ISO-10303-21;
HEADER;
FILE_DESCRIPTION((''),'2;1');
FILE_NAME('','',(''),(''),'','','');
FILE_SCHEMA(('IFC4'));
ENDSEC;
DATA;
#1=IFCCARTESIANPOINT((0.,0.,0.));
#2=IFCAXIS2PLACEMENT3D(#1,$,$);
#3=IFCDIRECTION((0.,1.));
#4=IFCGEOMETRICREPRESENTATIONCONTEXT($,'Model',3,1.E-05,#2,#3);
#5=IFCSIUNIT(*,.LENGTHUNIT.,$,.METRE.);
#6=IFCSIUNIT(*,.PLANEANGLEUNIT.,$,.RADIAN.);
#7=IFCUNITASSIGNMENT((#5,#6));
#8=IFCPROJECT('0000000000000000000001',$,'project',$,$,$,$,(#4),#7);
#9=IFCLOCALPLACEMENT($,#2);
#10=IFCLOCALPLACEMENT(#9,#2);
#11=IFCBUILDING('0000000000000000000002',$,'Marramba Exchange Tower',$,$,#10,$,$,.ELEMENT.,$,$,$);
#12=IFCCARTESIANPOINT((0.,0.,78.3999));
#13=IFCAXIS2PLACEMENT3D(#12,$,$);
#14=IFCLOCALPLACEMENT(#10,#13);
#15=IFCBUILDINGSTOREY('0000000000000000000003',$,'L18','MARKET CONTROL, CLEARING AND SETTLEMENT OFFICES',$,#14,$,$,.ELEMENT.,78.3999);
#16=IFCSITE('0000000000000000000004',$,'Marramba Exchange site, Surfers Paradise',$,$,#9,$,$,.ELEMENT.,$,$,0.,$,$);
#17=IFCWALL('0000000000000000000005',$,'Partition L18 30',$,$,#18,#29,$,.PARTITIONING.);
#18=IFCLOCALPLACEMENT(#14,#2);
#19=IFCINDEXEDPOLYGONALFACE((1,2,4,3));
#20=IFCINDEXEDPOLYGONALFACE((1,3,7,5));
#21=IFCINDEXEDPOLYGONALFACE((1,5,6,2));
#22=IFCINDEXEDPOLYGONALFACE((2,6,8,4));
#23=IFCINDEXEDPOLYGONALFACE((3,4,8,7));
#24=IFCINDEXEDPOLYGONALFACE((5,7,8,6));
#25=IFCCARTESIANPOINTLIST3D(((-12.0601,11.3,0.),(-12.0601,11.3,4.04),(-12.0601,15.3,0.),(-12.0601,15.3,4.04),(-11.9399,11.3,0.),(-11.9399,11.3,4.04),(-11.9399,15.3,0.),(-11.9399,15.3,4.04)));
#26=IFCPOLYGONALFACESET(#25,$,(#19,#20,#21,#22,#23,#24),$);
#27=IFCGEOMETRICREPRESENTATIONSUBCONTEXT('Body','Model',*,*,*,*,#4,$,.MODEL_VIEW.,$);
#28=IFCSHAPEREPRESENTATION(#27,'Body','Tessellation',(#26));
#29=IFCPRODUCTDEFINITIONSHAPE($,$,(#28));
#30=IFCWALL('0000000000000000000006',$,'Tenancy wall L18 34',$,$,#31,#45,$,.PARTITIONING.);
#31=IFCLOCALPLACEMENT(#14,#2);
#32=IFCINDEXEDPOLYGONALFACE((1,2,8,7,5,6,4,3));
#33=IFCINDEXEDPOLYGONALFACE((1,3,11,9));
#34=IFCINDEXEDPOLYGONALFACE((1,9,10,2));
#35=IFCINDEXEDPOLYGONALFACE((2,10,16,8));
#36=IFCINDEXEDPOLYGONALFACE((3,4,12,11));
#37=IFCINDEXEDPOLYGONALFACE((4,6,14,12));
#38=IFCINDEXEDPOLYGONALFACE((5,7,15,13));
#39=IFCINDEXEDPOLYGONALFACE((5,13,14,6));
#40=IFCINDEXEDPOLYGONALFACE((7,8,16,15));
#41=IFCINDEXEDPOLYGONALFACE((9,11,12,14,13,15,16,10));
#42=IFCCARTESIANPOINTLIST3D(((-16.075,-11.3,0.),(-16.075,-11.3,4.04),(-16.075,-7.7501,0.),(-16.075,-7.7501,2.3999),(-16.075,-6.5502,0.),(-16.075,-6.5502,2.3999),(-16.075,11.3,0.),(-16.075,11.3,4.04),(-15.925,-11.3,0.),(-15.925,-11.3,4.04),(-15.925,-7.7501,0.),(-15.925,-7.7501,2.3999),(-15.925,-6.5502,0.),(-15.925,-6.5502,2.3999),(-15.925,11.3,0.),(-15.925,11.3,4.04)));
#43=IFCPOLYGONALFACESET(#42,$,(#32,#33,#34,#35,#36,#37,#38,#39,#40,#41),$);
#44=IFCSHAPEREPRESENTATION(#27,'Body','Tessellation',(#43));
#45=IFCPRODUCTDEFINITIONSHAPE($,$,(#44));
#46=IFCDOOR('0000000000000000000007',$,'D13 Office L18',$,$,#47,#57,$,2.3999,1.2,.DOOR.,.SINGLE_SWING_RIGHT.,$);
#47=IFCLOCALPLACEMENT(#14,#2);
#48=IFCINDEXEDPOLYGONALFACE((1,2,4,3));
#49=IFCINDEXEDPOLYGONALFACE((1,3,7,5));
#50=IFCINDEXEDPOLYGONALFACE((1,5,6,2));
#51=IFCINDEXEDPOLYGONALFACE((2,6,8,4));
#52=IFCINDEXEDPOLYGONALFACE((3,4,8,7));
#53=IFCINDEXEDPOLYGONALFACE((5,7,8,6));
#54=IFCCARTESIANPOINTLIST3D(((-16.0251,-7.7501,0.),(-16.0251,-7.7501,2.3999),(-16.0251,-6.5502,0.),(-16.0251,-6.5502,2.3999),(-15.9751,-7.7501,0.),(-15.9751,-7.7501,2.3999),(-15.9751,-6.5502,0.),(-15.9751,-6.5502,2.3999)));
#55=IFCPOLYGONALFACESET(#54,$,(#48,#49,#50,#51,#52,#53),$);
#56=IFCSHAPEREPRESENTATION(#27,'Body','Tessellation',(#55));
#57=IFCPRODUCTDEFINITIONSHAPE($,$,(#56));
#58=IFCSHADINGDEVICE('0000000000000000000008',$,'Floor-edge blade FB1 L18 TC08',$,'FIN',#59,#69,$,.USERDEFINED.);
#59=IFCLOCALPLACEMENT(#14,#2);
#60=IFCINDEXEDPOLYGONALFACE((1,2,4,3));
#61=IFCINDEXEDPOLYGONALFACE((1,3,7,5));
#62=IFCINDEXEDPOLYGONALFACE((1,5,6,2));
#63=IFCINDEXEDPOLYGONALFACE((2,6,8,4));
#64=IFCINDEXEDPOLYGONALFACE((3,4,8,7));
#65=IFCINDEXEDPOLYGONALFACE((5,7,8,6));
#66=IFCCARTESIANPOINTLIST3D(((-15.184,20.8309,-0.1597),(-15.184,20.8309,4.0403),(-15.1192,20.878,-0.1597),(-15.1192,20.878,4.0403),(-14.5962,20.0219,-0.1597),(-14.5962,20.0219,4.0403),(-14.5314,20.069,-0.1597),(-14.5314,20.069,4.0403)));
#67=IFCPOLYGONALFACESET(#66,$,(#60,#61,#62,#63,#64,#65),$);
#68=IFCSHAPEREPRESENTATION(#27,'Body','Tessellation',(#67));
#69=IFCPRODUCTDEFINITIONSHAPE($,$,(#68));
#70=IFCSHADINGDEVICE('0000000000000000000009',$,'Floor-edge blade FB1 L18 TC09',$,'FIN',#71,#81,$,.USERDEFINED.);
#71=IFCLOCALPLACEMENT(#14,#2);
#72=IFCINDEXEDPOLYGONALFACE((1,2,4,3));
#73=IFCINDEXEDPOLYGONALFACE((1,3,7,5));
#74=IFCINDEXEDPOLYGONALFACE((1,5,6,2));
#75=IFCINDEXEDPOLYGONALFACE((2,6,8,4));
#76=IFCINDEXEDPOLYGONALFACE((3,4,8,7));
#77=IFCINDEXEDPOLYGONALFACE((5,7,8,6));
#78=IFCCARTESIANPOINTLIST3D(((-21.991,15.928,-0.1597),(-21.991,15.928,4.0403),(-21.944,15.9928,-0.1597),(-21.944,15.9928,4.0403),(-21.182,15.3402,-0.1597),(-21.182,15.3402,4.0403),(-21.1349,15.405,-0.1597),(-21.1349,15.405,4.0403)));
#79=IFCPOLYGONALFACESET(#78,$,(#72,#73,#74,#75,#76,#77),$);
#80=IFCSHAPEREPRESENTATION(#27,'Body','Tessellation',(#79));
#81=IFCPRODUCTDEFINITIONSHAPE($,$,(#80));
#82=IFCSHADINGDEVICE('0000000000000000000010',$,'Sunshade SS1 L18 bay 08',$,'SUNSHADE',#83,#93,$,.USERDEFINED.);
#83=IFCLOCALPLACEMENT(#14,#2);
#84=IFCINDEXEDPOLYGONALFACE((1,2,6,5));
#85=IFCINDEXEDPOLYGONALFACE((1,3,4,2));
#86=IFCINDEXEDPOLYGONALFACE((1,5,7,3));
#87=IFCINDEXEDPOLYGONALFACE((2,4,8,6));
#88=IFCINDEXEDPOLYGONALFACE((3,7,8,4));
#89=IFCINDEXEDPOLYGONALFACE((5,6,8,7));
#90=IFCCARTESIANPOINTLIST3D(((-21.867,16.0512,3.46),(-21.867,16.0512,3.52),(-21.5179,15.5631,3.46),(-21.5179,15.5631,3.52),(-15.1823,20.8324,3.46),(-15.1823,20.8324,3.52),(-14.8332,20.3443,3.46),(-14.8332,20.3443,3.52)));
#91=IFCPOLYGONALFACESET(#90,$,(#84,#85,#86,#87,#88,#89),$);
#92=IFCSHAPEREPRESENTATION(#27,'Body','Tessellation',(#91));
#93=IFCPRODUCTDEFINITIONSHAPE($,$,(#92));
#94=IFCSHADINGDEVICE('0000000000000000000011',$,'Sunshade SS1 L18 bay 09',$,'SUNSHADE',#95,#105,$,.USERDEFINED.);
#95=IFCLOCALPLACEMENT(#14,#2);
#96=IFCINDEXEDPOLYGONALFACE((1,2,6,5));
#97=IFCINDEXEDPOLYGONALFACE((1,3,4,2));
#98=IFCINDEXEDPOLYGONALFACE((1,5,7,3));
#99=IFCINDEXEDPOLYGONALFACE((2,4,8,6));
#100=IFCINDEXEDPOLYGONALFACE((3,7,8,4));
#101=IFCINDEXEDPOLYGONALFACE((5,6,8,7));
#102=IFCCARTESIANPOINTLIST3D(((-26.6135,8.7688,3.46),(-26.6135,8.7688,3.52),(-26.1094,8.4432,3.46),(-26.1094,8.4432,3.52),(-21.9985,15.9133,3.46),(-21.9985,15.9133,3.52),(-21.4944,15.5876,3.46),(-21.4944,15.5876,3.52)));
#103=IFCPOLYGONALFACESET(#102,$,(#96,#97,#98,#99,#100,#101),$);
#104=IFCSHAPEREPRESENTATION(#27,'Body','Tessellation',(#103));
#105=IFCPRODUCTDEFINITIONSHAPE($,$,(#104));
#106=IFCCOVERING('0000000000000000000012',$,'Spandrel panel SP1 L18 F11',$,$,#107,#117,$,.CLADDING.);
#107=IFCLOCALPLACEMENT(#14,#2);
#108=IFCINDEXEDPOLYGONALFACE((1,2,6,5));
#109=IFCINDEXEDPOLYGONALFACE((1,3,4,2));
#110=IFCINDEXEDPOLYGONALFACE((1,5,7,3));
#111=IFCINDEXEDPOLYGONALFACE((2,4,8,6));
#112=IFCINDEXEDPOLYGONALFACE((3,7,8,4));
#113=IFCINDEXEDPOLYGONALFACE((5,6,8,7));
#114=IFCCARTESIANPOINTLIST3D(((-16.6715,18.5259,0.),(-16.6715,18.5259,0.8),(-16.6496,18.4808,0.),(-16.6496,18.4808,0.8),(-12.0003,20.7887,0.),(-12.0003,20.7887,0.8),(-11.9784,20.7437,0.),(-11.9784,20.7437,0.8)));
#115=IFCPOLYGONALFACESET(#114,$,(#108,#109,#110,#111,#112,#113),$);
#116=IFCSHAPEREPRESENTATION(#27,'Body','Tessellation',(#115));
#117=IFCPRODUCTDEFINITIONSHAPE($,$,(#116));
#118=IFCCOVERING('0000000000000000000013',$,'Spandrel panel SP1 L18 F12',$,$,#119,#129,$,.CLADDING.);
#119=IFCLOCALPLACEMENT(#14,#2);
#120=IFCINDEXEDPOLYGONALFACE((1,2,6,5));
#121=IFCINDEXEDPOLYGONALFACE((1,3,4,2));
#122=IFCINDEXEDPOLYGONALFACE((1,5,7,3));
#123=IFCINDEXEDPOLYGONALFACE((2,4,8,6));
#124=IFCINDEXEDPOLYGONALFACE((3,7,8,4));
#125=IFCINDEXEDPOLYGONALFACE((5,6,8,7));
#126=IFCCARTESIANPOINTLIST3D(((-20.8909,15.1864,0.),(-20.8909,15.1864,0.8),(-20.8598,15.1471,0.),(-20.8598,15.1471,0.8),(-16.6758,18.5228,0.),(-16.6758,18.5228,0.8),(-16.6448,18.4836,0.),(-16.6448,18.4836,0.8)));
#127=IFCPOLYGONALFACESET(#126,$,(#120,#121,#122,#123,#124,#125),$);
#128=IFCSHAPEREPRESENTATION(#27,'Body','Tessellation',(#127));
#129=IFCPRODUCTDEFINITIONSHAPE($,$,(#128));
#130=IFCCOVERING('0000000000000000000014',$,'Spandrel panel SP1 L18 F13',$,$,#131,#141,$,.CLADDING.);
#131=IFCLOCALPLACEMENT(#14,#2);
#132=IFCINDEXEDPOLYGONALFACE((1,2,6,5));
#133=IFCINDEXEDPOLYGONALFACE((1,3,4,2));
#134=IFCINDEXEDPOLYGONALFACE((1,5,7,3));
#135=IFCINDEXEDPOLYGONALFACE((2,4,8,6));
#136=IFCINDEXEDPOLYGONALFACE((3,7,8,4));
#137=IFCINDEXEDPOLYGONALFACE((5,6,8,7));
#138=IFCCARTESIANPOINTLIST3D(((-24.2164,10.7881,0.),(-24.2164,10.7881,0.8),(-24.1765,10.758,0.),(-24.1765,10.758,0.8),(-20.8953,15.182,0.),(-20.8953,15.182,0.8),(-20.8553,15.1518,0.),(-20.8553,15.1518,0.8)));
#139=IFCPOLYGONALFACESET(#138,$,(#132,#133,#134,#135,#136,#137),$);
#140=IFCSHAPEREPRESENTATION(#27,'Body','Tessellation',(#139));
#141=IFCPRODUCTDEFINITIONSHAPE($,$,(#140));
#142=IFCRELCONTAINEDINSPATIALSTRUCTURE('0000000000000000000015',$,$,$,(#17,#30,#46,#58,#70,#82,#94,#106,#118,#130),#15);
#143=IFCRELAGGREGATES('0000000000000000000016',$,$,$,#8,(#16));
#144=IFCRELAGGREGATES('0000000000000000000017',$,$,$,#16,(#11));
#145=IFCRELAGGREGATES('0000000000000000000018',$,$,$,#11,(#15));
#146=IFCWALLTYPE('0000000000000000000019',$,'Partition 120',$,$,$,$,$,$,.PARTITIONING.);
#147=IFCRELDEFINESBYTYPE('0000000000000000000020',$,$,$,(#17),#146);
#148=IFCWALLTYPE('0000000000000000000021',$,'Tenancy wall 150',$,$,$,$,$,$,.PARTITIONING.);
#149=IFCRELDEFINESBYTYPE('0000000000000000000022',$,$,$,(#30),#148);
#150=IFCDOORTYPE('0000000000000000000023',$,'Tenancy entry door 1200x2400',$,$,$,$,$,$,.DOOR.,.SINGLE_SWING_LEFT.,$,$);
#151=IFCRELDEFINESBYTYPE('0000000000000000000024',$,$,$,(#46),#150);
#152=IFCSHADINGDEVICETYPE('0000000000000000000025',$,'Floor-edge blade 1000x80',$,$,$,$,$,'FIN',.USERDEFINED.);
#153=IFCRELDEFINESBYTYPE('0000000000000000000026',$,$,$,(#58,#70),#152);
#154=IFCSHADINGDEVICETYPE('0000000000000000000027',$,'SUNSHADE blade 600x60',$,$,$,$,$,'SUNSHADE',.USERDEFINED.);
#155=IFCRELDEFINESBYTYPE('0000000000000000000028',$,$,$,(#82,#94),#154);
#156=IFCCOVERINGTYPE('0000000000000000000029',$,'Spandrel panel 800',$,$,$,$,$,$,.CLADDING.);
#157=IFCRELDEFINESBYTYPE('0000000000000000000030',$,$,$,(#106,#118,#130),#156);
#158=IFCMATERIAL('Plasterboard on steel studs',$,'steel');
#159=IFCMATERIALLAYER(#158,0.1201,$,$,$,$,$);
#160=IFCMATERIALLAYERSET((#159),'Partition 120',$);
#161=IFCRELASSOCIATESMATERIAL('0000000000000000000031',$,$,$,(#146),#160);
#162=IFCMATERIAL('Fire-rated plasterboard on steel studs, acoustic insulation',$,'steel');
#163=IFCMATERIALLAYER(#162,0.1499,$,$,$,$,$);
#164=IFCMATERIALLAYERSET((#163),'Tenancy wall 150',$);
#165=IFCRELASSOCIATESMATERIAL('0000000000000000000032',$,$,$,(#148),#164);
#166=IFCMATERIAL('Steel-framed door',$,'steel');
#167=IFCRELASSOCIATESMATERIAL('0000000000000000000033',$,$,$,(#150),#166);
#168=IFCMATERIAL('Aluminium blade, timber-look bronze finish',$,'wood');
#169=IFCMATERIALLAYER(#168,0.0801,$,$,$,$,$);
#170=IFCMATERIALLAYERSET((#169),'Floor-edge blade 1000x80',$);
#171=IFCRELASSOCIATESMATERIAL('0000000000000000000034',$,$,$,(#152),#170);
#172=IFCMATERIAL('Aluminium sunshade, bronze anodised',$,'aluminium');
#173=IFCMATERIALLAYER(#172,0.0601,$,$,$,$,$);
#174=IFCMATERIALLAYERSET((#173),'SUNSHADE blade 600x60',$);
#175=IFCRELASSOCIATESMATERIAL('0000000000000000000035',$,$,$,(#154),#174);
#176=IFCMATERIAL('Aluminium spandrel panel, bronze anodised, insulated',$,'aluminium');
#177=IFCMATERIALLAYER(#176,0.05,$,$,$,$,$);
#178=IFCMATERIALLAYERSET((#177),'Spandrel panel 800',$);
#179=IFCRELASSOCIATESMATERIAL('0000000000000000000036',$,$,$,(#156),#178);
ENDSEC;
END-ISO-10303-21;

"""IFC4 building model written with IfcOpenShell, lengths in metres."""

from ifc_helpers import new_model, si_unit, direction, frame, frame_2d, origin, origin_2d, place, context, subcontext, project, spatial, rectangle, extrude, material, layer, layer_set, type_object, element, fill, save


model = new_model("IFC4")

# Units and contexts
model_context = context("Model", 3, precision=1e-05, world=origin(), true_north=direction((0.0, 1.0)))
body_context = subcontext(model_context, "Body", "Model", "MODEL_VIEW")
ifc_project = project(units=[si_unit("LENGTHUNIT", "METRE"), si_unit("PLANEANGLEUNIT", "RADIAN")], contexts=[model_context])

# Site, building, storey
site_placement = place(None, origin())
site = spatial("IfcSite", under=ifc_project, at=site_placement, Name="Marramba Exchange site, Surfers Paradise", CompositionType="ELEMENT", RefElevation=0.0)
building_placement = place(site_placement, origin())
building = spatial("IfcBuilding", under=site, at=building_placement, Name="Marramba Exchange Tower", CompositionType="ELEMENT")
storey_placement = place(building_placement, frame((0.0, 0.0, 78.3999)))
storey = spatial("IfcBuildingStorey", under=building, at=storey_placement, Name="L18", Description="MARKET CONTROL, CLEARING AND SETTLEMENT OFFICES", CompositionType="ELEMENT", Elevation=78.3999)

# Wall
ifc_material_1 = material(Name="Plasterboard on steel studs", Category="steel")
ifc_layer_1 = layer(ifc_material_1, 0.1201)
ifc_layer_set_1 = layer_set([ifc_layer_1], Name="Partition 120")
wall_type_1 = type_object("IfcWallType", Name="Partition 120", PredefinedType="PARTITIONING", material=ifc_layer_set_1)
wall_1_placement = place(storey_placement, frame((-12.0, 15.3, 0.0), z_axis=(0.0, 0.0, 1.0), x_axis=(0.0, -1.0, 0.0)))
element("IfcWall", 1, at=wall_1_placement, inside=storey, type_object=wall_type_1, Name="Partition L18 30", PredefinedType="PARTITIONING", context=body_context, shape_type="SweptSolid", body=[
    extrude(rectangle(XDim=4.0, YDim=0.1201, at=frame_2d((2.0, 0.0))), origin(), (0.0, 0.0, 1.0), 4.04),
])

# Wall, opening, door
ifc_material_2 = material(Name="Fire-rated plasterboard on steel studs, acoustic insulation", Category="steel")
ifc_layer_2 = layer(ifc_material_2, 0.1499)
ifc_layer_set_2 = layer_set([ifc_layer_2], Name="Tenancy wall 150")
wall_type_2 = type_object("IfcWallType", Name="Tenancy wall 150", PredefinedType="PARTITIONING", material=ifc_layer_set_2)
wall_2_placement = place(storey_placement, frame((-16.0, 11.3, 0.0), z_axis=(0.0, 0.0, 1.0), x_axis=(0.0, -1.0, 0.0)))
wall_2 = element("IfcWall", 2, at=wall_2_placement, inside=storey, type_object=wall_type_2, Name="Tenancy wall L18 34", PredefinedType="PARTITIONING", context=body_context, shape_type="SweptSolid", body=[
    extrude(rectangle(XDim=22.6001, YDim=0.1499, at=frame_2d((11.3, 0.0))), origin(), (0.0, 0.0, 1.0), 4.04),
])
opening_placement = place(wall_2_placement, frame((17.8501, 0.0, 0.0)))
opening = element("IfcOpeningElement", 3, at=opening_placement, cuts=wall_2, PredefinedType="OPENING", context=body_context, shape_type="SweptSolid", body=[
    extrude(rectangle(XDim=1.2, YDim=2.3999, at=frame_2d((0.6001, 1.2))), frame((0.0, 0.085, 0.0), z_axis=(0.0, -1.0, 0.0), x_axis=(1.0, 0.0, 0.0)), (0.0, 0.0, 1.0), 0.1699),
])
ifc_material_3 = material(Name="Steel-framed door", Category="steel")
door_type = type_object("IfcDoorType", Name="Tenancy entry door 1200x2400", OperationType="SINGLE_SWING_LEFT", PredefinedType="DOOR", material=ifc_material_3)
door_placement = place(opening_placement, origin())
door = element("IfcDoor", 4, at=door_placement, inside=storey, type_object=door_type, Name="D13 Office L18", OperationType="SINGLE_SWING_RIGHT", OverallHeight=2.3999, OverallWidth=1.2, PredefinedType="DOOR", context=body_context, shape_type="SweptSolid", body=[
    extrude(rectangle(XDim=1.2, YDim=2.3999, at=frame_2d((0.6001, 1.2))), frame((0.0, 0.0249, 0.0), z_axis=(0.0, -1.0, 0.0), x_axis=(1.0, 0.0, 0.0)), (0.0, 0.0, 1.0), 0.05),
])
fill(opening, door)

# Shading devices
ifc_material_4 = material(Name="Aluminium blade, timber-look bronze finish", Category="wood")
ifc_layer_3 = layer(ifc_material_4, 0.0801)
ifc_layer_set_3 = layer_set([ifc_layer_3], Name="Floor-edge blade 1000x80")
shading_device_type_1 = type_object("IfcShadingDeviceType", Name="Floor-edge blade 1000x80", ElementType="FIN", PredefinedType="USERDEFINED", material=ifc_layer_set_3)
for number, where, z_axis, x_axis, name in (
    (5, (-14.8577, 20.45, -0.1597), (0.0, 0.0, 1.0), (-0.587785, 0.809017, 0.0), "Floor-edge blade FB1 L18 TC08"),
    (6, (-21.563, 15.6665, -0.1597), (0.0, 0.0, 1.0), (-0.809017, 0.587785, 0.0), "Floor-edge blade FB1 L18 TC09"),
):
    element("IfcShadingDevice", number, at=place(storey_placement, frame(where, z_axis=z_axis, x_axis=x_axis)), inside=storey, type_object=shading_device_type_1, Name=name, ObjectType="FIN", PredefinedType="USERDEFINED", context=body_context, shape_type="SweptSolid", body=[
        extrude(rectangle(XDim=1.0, YDim=0.0801, at=origin_2d()), origin(), (0.0, 0.0, 1.0), 4.2),
    ])
ifc_material_5 = material(Name="Aluminium sunshade, bronze anodised", Category="aluminium")
ifc_layer_4 = layer(ifc_material_5, 0.0601)
ifc_layer_set_4 = layer_set([ifc_layer_4], Name="SUNSHADE blade 600x60")
shading_device_type_2 = type_object("IfcShadingDeviceType", Name="SUNSHADE blade 600x60", ElementType="SUNSHADE", PredefinedType="USERDEFINED", material=ifc_layer_set_4)
shading_device_1_placement = place(storey_placement, frame((-18.3501, 18.1978, 3.46), z_axis=(0.0, 0.0, 1.0), x_axis=(-0.813363, -0.581757, 0.0)))
element("IfcShadingDevice", 7, at=shading_device_1_placement, inside=storey, type_object=shading_device_type_2, Name="Sunshade SS1 L18 bay 08", ObjectType="SUNSHADE", PredefinedType="USERDEFINED", context=body_context, shape_type="SweptSolid", body=[
    extrude(rectangle(XDim=8.2185, YDim=0.6001, at=origin_2d()), origin(), (0.0, 0.0, 1.0), 0.0601),
])
shading_device_2_placement = place(storey_placement, frame((-24.054, 12.1782, 3.46), z_axis=(0.0, 0.0, 1.0), x_axis=(-0.542597, -0.839993, 0.0)))
element("IfcShadingDevice", 8, at=shading_device_2_placement, inside=storey, type_object=shading_device_type_2, Name="Sunshade SS1 L18 bay 09", ObjectType="SUNSHADE", PredefinedType="USERDEFINED", context=body_context, shape_type="SweptSolid", body=[
    extrude(rectangle(XDim=8.5054, YDim=0.6001, at=origin_2d()), origin(), (0.0, 0.0, 1.0), 0.0601),
])

# Coverings
ifc_material_6 = material(Name="Aluminium spandrel panel, bronze anodised, insulated", Category="aluminium")
ifc_layer_5 = layer(ifc_material_6, 0.05)
ifc_layer_set_5 = layer_set([ifc_layer_5], Name="Spandrel panel 800")
covering_type = type_object("IfcCoveringType", Name="Spandrel panel 800", PredefinedType="CLADDING", material=ifc_layer_set_5)
covering_1_placement = place(storey_placement, frame((-14.325, 19.6348, 0.0), z_axis=(0.0, 0.0, 1.0), x_axis=(-0.899963, -0.435965, 0.0)))
element("IfcCovering", 9, at=covering_1_placement, inside=storey, type_object=covering_type, Name="Spandrel panel SP1 L18 F11", PredefinedType="CLADDING", context=body_context, shape_type="SweptSolid", body=[
    extrude(rectangle(XDim=5.1904, YDim=0.05, at=origin_2d()), origin(), (0.0, 0.0, 1.0), 0.8),
])
covering_2_placement = place(storey_placement, frame((-18.7678, 16.835, 0.0), z_axis=(0.0, 0.0, 1.0), x_axis=(-0.784088, -0.62065, 0.0)))
element("IfcCovering", 10, at=covering_2_placement, inside=storey, type_object=covering_type, Name="Spandrel panel SP1 L18 F12", PredefinedType="CLADDING", context=body_context, shape_type="SweptSolid", body=[
    extrude(rectangle(XDim=5.3757, YDim=0.05, at=origin_2d()), origin(), (0.0, 0.0, 1.0), 0.8),
])
covering_3_placement = place(storey_placement, frame((-22.5359, 12.97, 0.0), z_axis=(0.0, 0.0, 1.0), x_axis=(-0.60299, -0.797749, 0.0)))
element("IfcCovering", 11, at=covering_3_placement, inside=storey, type_object=covering_type, Name="Spandrel panel SP1 L18 F13", PredefinedType="CLADDING", context=body_context, shape_type="SweptSolid", body=[
    extrude(rectangle(XDim=5.5078, YDim=0.05, at=origin_2d()), origin(), (0.0, 0.0, 1.0), 0.8),
])

save(model, "model.ifc")
